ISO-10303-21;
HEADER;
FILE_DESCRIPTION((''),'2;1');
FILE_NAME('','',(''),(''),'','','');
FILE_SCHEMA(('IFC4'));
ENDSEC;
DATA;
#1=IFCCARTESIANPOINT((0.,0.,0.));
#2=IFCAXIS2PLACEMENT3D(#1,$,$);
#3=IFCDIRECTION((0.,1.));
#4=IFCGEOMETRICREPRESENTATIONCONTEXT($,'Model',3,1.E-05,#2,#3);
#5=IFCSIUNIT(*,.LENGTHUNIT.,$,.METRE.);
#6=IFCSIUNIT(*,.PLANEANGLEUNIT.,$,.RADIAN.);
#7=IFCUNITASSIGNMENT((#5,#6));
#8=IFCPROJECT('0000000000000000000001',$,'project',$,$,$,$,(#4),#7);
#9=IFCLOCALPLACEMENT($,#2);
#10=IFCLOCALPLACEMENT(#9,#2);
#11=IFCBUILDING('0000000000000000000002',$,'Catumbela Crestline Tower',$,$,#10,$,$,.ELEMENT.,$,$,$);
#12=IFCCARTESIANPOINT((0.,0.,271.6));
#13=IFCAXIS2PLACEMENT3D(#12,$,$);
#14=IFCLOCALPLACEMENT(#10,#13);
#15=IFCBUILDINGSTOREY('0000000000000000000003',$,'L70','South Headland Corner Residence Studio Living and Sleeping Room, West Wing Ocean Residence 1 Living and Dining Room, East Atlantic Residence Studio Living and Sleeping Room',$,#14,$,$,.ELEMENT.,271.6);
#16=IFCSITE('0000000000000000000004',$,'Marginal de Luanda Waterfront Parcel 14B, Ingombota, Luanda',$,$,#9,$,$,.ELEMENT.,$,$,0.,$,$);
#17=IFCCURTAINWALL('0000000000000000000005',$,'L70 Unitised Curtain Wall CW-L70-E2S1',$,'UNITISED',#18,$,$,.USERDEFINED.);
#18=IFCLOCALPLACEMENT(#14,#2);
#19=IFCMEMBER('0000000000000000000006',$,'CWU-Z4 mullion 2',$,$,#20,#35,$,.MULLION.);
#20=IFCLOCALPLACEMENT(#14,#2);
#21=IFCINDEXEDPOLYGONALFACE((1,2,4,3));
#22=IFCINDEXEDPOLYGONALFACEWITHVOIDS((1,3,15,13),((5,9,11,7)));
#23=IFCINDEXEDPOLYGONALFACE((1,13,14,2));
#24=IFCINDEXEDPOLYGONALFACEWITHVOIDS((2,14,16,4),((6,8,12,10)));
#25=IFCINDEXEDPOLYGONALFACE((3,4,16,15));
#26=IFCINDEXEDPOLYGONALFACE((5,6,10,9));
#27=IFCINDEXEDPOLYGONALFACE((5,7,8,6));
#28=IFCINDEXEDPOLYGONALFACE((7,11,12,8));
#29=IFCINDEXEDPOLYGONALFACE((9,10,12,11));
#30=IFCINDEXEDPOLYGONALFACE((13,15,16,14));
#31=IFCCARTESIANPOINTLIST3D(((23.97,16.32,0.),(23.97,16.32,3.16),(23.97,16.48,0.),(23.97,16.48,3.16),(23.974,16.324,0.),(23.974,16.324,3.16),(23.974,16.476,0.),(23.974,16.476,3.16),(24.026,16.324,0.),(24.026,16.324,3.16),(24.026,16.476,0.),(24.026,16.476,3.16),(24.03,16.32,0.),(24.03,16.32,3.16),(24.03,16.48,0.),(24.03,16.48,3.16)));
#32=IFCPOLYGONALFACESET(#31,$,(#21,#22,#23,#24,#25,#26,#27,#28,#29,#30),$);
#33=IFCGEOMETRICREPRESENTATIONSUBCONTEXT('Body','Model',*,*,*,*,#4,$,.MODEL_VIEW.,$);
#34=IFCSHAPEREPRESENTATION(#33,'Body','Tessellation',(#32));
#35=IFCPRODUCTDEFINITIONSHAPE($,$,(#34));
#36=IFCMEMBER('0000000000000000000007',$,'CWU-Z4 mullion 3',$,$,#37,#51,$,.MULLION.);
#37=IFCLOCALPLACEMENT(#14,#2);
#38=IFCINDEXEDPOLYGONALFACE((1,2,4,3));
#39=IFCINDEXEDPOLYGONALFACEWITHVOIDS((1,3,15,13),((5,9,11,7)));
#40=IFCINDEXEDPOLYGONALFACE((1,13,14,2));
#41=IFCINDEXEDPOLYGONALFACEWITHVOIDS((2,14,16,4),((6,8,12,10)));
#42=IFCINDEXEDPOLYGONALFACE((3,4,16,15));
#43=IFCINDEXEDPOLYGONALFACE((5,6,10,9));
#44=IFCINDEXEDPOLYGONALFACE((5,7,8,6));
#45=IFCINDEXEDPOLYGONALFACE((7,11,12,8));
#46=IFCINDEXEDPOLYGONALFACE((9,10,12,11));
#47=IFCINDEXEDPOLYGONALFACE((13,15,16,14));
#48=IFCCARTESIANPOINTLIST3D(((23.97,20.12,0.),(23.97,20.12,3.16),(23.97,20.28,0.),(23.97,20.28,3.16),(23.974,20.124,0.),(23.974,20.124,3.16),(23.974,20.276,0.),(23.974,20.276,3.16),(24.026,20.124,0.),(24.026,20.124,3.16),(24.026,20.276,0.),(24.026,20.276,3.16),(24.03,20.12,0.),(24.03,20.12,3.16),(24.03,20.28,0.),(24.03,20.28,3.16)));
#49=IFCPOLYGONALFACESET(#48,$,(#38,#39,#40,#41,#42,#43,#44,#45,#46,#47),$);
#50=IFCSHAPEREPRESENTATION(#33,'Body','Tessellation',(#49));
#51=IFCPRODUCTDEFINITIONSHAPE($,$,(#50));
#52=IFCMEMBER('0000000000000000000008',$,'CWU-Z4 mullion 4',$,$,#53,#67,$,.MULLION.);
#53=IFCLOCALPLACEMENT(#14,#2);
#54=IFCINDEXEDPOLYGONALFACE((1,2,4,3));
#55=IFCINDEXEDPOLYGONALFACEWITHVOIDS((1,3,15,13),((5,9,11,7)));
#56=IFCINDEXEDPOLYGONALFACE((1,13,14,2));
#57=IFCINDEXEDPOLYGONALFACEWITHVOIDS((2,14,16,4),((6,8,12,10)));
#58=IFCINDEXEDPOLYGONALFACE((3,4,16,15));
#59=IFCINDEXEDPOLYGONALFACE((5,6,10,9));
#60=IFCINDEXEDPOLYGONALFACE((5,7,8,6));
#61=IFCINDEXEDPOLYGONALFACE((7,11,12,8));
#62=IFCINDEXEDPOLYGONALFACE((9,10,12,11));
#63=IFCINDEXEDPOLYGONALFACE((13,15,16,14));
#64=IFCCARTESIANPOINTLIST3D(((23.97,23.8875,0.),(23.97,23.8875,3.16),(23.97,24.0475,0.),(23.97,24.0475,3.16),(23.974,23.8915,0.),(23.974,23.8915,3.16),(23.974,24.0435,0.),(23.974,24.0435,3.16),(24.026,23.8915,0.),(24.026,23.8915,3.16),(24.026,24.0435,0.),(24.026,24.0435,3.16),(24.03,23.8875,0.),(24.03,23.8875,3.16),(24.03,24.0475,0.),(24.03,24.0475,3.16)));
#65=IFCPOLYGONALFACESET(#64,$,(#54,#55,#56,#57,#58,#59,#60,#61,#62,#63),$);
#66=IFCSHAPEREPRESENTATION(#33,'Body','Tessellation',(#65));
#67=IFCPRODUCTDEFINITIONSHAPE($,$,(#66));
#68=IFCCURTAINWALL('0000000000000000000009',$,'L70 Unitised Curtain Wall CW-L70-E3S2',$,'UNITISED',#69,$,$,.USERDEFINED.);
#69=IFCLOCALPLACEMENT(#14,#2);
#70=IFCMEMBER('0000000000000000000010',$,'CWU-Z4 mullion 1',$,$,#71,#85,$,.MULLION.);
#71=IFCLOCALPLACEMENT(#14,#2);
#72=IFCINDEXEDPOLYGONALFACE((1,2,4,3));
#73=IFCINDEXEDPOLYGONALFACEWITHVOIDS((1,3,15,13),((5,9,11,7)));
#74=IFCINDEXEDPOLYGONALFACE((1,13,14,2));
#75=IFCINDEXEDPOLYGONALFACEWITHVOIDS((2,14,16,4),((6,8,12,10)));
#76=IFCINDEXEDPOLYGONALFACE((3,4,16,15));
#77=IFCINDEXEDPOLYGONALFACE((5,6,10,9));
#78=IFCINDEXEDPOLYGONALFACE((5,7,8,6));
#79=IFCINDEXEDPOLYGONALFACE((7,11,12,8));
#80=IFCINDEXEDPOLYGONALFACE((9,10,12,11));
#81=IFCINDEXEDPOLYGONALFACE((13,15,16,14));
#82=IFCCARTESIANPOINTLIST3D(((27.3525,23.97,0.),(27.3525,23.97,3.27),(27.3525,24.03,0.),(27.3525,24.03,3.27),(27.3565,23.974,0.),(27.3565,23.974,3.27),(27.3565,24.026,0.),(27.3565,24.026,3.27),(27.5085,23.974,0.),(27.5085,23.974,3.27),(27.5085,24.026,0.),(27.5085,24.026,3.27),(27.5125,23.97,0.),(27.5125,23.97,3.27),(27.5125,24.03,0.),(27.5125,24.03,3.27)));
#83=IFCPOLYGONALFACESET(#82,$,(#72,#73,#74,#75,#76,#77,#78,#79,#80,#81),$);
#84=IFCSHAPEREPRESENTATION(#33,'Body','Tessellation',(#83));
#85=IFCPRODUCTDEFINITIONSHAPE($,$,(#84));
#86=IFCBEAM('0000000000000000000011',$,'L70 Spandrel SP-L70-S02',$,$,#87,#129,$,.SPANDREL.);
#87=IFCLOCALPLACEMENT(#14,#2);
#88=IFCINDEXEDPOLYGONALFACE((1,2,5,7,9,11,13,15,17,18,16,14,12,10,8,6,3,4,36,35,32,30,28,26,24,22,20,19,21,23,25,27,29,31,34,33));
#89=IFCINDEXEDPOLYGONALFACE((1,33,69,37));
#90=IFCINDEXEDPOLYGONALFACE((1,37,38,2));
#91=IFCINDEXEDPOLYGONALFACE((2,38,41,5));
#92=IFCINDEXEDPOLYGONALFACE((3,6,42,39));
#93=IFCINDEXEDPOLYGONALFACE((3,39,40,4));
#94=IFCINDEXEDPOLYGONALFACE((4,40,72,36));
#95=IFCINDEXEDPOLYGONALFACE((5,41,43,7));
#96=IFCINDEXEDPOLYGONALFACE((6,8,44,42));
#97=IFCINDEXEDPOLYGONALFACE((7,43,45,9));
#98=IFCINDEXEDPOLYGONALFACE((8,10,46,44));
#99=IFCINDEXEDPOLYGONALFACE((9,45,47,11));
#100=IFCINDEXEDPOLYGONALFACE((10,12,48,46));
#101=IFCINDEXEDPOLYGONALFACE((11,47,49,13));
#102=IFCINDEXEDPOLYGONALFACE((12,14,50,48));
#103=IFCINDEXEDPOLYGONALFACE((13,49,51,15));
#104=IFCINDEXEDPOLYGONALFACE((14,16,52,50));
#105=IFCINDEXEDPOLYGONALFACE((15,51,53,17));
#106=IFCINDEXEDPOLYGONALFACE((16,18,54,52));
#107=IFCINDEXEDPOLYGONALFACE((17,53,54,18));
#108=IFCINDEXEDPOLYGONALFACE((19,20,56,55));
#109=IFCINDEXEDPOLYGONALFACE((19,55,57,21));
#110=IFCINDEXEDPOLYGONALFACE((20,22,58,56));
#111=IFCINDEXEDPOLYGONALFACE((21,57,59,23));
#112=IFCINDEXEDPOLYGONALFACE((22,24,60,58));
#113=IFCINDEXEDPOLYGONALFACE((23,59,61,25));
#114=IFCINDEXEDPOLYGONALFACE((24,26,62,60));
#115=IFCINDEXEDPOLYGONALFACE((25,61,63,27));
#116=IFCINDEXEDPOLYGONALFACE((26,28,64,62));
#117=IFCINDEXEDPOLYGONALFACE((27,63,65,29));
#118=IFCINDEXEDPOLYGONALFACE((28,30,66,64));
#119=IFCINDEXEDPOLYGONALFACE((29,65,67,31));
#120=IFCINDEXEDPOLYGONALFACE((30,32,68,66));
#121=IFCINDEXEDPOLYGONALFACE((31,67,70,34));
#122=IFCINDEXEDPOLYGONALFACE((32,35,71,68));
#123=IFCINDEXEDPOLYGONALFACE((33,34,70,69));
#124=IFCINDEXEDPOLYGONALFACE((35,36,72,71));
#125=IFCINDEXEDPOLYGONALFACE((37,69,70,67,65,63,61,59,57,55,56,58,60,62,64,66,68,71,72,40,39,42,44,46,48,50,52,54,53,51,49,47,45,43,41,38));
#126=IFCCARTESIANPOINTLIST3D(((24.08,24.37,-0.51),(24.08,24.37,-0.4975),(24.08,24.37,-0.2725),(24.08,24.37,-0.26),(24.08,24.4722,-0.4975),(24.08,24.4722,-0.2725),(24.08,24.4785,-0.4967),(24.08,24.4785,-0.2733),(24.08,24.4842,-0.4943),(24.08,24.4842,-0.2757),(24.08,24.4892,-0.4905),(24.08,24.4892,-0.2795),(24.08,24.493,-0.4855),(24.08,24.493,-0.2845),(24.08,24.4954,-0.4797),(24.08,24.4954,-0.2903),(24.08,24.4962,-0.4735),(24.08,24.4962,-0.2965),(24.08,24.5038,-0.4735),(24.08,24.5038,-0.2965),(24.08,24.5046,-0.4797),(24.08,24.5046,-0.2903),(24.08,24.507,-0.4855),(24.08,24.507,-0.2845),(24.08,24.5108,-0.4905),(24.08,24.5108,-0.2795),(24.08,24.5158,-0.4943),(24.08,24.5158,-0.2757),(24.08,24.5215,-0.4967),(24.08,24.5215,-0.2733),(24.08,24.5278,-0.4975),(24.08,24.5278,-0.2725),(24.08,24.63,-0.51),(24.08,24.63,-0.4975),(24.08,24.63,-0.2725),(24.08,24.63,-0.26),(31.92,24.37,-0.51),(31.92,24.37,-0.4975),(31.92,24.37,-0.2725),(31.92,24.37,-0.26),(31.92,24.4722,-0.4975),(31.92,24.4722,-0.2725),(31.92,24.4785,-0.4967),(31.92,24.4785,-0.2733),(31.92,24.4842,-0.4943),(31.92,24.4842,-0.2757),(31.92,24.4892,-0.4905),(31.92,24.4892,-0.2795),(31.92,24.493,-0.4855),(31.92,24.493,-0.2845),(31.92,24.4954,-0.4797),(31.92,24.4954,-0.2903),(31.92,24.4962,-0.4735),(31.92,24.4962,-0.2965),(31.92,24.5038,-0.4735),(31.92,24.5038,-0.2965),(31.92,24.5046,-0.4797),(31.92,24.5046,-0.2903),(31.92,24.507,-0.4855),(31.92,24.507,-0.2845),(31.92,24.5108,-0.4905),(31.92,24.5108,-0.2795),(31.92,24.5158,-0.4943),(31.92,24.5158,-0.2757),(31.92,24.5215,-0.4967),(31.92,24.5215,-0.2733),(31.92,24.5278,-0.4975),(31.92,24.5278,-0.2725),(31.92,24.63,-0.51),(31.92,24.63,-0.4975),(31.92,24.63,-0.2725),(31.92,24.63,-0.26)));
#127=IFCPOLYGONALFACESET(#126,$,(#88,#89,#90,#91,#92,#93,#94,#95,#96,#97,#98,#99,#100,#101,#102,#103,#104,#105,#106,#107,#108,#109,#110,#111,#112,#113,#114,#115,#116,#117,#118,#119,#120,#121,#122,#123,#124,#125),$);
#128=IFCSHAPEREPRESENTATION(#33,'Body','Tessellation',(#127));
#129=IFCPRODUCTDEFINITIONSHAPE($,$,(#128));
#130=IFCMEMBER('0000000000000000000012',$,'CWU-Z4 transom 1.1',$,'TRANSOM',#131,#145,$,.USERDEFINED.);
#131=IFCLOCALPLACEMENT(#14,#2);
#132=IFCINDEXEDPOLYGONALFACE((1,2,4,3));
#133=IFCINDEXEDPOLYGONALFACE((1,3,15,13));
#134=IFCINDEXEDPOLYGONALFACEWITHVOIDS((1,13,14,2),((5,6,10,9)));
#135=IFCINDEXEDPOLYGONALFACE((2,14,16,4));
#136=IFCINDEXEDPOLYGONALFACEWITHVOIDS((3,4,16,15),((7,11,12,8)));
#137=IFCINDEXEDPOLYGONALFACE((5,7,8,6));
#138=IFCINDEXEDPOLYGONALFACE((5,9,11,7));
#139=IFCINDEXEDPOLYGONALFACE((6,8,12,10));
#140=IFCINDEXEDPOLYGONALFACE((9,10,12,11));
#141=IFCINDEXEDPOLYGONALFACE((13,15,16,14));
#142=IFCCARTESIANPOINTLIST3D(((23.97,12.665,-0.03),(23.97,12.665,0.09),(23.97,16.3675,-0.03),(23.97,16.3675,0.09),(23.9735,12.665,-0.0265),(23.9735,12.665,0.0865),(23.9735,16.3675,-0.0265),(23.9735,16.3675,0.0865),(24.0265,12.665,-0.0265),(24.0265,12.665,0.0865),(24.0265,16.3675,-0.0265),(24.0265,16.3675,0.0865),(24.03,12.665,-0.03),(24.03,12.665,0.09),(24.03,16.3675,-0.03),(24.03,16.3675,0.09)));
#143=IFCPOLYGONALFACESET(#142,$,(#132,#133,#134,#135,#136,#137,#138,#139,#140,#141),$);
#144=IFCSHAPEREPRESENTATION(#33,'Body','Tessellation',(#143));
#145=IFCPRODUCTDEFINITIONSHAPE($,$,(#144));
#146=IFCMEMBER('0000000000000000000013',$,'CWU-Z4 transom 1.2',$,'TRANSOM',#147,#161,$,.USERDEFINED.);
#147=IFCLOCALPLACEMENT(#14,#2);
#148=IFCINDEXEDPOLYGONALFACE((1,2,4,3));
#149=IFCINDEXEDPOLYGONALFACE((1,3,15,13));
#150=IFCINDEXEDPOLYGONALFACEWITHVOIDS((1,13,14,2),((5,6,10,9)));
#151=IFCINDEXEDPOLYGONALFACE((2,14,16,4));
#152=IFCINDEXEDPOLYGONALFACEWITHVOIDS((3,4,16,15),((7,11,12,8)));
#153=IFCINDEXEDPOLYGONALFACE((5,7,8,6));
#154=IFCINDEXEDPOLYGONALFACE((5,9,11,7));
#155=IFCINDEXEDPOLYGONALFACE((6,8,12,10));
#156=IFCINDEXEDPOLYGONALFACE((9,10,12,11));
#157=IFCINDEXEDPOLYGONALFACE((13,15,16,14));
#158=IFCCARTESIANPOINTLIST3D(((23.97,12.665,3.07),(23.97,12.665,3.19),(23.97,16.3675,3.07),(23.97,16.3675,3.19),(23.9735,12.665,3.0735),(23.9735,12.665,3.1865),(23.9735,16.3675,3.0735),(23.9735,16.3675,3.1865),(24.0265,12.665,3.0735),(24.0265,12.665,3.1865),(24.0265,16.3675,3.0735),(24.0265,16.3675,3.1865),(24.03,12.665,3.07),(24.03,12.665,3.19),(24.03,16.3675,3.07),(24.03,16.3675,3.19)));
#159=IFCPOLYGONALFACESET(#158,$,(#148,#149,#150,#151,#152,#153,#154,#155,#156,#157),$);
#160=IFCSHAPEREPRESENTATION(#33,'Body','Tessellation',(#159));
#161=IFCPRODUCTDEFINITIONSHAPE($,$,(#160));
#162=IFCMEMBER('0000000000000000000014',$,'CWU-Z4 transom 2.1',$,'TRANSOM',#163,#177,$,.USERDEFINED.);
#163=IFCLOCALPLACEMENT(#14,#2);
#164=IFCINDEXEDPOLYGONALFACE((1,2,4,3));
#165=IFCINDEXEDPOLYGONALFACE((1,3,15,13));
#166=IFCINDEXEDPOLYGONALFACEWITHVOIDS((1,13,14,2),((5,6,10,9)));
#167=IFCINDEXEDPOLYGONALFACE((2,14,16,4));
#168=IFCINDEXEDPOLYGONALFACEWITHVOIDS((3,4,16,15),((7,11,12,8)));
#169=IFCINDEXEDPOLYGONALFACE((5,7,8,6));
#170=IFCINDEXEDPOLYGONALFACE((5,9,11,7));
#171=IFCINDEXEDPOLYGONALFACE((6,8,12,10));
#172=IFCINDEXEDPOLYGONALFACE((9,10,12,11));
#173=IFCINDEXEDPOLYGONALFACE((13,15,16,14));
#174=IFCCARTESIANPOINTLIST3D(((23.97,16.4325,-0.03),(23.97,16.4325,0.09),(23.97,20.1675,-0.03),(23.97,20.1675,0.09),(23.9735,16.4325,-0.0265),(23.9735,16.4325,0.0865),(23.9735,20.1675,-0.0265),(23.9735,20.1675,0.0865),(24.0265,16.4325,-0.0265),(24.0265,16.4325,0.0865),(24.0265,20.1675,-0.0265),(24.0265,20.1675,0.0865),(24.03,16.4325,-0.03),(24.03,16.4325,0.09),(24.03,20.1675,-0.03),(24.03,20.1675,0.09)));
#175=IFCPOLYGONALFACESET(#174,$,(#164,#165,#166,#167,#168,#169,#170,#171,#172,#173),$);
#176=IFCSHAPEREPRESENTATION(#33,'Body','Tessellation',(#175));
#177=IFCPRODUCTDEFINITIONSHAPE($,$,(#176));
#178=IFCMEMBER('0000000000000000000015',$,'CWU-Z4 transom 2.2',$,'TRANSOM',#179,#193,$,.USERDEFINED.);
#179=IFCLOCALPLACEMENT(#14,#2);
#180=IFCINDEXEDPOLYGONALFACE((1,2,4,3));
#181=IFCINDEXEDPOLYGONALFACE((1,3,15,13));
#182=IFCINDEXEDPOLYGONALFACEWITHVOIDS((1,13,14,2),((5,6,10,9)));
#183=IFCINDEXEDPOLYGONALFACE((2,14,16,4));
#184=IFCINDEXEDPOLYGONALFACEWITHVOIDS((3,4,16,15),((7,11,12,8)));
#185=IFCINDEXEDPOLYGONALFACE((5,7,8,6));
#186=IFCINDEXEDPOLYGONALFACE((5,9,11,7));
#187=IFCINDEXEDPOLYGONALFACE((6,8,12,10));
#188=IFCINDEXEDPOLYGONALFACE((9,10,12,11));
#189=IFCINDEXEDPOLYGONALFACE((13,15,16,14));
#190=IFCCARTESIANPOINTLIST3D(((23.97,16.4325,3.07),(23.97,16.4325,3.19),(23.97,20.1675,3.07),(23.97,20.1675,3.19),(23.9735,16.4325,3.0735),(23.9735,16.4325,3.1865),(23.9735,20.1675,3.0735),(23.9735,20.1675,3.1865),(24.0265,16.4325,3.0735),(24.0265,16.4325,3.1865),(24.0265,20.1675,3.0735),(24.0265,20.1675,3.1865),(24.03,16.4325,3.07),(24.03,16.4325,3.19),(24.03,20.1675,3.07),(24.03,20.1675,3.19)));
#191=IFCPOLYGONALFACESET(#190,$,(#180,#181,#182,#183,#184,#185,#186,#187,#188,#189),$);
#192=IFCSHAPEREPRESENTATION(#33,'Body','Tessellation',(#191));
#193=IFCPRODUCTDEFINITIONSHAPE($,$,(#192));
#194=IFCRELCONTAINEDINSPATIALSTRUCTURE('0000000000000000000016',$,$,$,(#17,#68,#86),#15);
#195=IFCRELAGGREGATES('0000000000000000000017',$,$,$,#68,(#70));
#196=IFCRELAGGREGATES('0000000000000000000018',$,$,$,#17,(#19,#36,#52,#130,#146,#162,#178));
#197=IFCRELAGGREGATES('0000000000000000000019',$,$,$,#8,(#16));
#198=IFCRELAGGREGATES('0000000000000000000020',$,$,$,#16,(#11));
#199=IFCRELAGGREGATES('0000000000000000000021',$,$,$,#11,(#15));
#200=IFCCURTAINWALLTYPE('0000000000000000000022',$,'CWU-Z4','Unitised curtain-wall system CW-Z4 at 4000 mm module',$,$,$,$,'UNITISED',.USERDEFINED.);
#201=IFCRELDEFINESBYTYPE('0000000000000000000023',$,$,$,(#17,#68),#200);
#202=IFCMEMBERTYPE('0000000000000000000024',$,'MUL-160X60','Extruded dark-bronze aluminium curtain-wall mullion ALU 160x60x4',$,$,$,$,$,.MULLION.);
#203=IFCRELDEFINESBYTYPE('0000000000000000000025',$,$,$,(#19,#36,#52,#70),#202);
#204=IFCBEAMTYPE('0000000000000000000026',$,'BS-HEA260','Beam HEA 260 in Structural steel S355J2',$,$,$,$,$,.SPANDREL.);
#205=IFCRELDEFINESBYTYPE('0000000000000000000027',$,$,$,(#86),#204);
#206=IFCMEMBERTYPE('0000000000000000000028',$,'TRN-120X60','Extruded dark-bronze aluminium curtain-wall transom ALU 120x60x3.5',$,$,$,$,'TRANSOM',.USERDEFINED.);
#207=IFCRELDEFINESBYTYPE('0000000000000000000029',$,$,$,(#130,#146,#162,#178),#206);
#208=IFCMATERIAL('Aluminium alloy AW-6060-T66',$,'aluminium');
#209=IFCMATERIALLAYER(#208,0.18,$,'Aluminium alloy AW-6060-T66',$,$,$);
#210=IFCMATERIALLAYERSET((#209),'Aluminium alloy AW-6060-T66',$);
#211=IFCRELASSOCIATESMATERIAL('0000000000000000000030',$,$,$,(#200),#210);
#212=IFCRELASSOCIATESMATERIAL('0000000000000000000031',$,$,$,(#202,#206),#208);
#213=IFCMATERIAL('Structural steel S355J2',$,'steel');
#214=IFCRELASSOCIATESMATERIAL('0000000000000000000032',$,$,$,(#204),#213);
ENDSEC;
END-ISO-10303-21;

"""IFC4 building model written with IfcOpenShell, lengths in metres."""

from ifc_helpers import new_model, si_unit, direction, frame, origin, origin_2d, place, context, subcontext, project, spatial, hollow_rectangle, i_section, extrude, material, layer, layer_set, material_profile, profile_set, type_object, element, aggregate, save


model = new_model("IFC4")

# Units and contexts
model_context = context("Model", 3, precision=1e-05, world=origin(), true_north=direction((0.0, 1.0)))
body_context = subcontext(model_context, "Body", "Model", "MODEL_VIEW")
ifc_project = project(units=[si_unit("LENGTHUNIT", "METRE"), si_unit("PLANEANGLEUNIT", "RADIAN")], contexts=[model_context])

# Site, building, storey
site_placement = place(None, origin())
site = spatial("IfcSite", under=ifc_project, at=site_placement, Name="Marginal de Luanda Waterfront Parcel 14B, Ingombota, Luanda", CompositionType="ELEMENT", RefElevation=0.0)
building_placement = place(site_placement, origin())
building = spatial("IfcBuilding", under=site, at=building_placement, Name="Catumbela Crestline Tower", CompositionType="ELEMENT")
storey_placement = place(building_placement, frame((0.0, 0.0, 271.6)))
storey = spatial("IfcBuildingStorey", under=building, at=storey_placement, Name="L70", Description="South Headland Corner Residence Studio Living and Sleeping Room, West Wing Ocean Residence 1 Living and Dining Room, East Atlantic Residence Studio Living and Sleeping Room", CompositionType="ELEMENT", Elevation=271.6)

# Shared definitions
ifc_material_1 = material(Name="Structural steel S355J2", Category="steel")

# Curtain wall, members
ifc_material_2 = material(Name="Aluminium alloy AW-6060-T66", Category="aluminium")
ifc_layer_1 = layer(ifc_material_2, 0.18, Name="Aluminium alloy AW-6060-T66")
ifc_layer_set_1 = layer_set([ifc_layer_1], Name="Aluminium alloy AW-6060-T66")
curtain_wall_type = type_object("IfcCurtainWallType", Name="CWU-Z4", Description="Unitised curtain-wall system CW-Z4 at 4000 mm module", ElementType="UNITISED", PredefinedType="USERDEFINED", material=ifc_layer_set_1)
curtain_wall_1_placement = place(storey_placement, origin())
curtain_wall_1 = element("IfcCurtainWall", 1, at=curtain_wall_1_placement, inside=storey, type_object=curtain_wall_type, Name="L70 Unitised Curtain Wall CW-L70-E2S1", ObjectType="UNITISED", PredefinedType="USERDEFINED")
ifc_material_profile_1 = material_profile(ifc_material_2, hollow_rectangle(XDim=0.06, YDim=0.16, WallThickness=0.004, at=origin_2d()), Name="ALU 160x60x4")
ifc_profile_set_1 = profile_set([ifc_material_profile_1], Name="Aluminium alloy AW-6060-T66")
member_type_1 = type_object("IfcMemberType", Name="MUL-160X60", Description="Extruded dark-bronze aluminium curtain-wall mullion ALU 160x60x4", PredefinedType="MULLION", material=ifc_profile_set_1)
member_1_placement = place(storey_placement, frame((24.0, 16.4, 0.0), z_axis=(0.0, 0.0, 1.0), x_axis=(-1.0, 0.0, 0.0)))
member_1 = element("IfcMember", 2, at=member_1_placement, type_object=member_type_1, Name="CWU-Z4 mullion 2", PredefinedType="MULLION", context=body_context, shape_type="SweptSolid", body=[
    extrude(hollow_rectangle(XDim=0.06, YDim=0.16, WallThickness=0.004, at=origin_2d()), origin(), (0.0, 0.0, 1.0), 3.16),
])
member_2_placement = place(storey_placement, frame((24.0, 20.2, 0.0), z_axis=(0.0, 0.0, 1.0), x_axis=(-1.0, 0.0, 0.0)))
member_2 = element("IfcMember", 3, at=member_2_placement, type_object=member_type_1, Name="CWU-Z4 mullion 3", PredefinedType="MULLION", context=body_context, shape_type="SweptSolid", body=[
    extrude(hollow_rectangle(XDim=0.06, YDim=0.16, WallThickness=0.004, at=origin_2d()), origin(), (0.0, 0.0, 1.0), 3.16),
])
member_3_placement = place(storey_placement, frame((24.0, 23.9675, 0.0), z_axis=(0.0, 0.0, 1.0), x_axis=(-1.0, 0.0, 0.0)))
member_3 = element("IfcMember", 4, at=member_3_placement, type_object=member_type_1, Name="CWU-Z4 mullion 4", PredefinedType="MULLION", context=body_context, shape_type="SweptSolid", body=[
    extrude(hollow_rectangle(XDim=0.06, YDim=0.16, WallThickness=0.004, at=origin_2d()), origin(), (0.0, 0.0, 1.0), 3.16),
])

# Curtain wall, member
curtain_wall_2_placement = place(storey_placement, origin())
curtain_wall_2 = element("IfcCurtainWall", 5, at=curtain_wall_2_placement, inside=storey, type_object=curtain_wall_type, Name="L70 Unitised Curtain Wall CW-L70-E3S2", ObjectType="UNITISED", PredefinedType="USERDEFINED")
member_4_placement = place(storey_placement, frame((27.4325, 24.0, 0.0), z_axis=(0.0, 0.0, 1.0), x_axis=(0.0, 1.0, 0.0)))
member_4 = element("IfcMember", 6, at=member_4_placement, type_object=member_type_1, Name="CWU-Z4 mullion 1", PredefinedType="MULLION", context=body_context, shape_type="SweptSolid", body=[
    extrude(hollow_rectangle(XDim=0.06, YDim=0.16, WallThickness=0.004, at=origin_2d()), origin(), (0.0, 0.0, 1.0), 3.27),
])

# Beam
ifc_material_profile_2 = material_profile(ifc_material_1, i_section(OverallWidth=0.26, OverallDepth=0.25, WebThickness=0.0075, FlangeThickness=0.0125, FilletRadius=0.024, at=origin_2d()), Name="HEA 260")
ifc_profile_set_2 = profile_set([ifc_material_profile_2], Name="Structural steel S355J2")
beam_type_1 = type_object("IfcBeamType", Name="BS-HEA260", Description="Beam HEA 260 in Structural steel S355J2", PredefinedType="SPANDREL", material=ifc_profile_set_2)
beam_1_placement = place(storey_placement, frame((24.08, 24.5, -0.385), z_axis=(1.0, 0.0, 0.0), x_axis=(0.0, 1.0, 0.0)))
element("IfcBeam", 7, at=beam_1_placement, inside=storey, type_object=beam_type_1, Name="L70 Spandrel SP-L70-S02", PredefinedType="SPANDREL", context=body_context, shape_type="SweptSolid", body=[
    extrude(i_section(OverallWidth=0.26, OverallDepth=0.25, WebThickness=0.0075, FlangeThickness=0.0125, FilletRadius=0.024, at=origin_2d()), origin(), (0.0, 0.0, 1.0), 7.84),
])

# Members
ifc_material_profile_3 = material_profile(ifc_material_2, hollow_rectangle(XDim=0.06, YDim=0.12, WallThickness=0.0035, at=origin_2d()), Name="ALU 120x60x3.5")
ifc_profile_set_3 = profile_set([ifc_material_profile_3], Name="Aluminium alloy AW-6060-T66")
member_type_2 = type_object("IfcMemberType", Name="TRN-120X60", Description="Extruded dark-bronze aluminium curtain-wall transom ALU 120x60x3.5", ElementType="TRANSOM", PredefinedType="USERDEFINED", material=ifc_profile_set_3)
member_5_placement = place(storey_placement, frame((24.0, 12.665, 0.03), z_axis=(0.0, 1.0, 0.0), x_axis=(-1.0, 0.0, 0.0)))
member_5 = element("IfcMember", 8, at=member_5_placement, type_object=member_type_2, Name="CWU-Z4 transom 1.1", ObjectType="TRANSOM", PredefinedType="USERDEFINED", context=body_context, shape_type="SweptSolid", body=[
    extrude(hollow_rectangle(XDim=0.06, YDim=0.12, WallThickness=0.0035, at=origin_2d()), origin(), (0.0, 0.0, 1.0), 3.7025),
])
member_6_placement = place(storey_placement, frame((24.0, 12.665, 3.13), z_axis=(0.0, 1.0, 0.0), x_axis=(-1.0, 0.0, 0.0)))
member_6 = element("IfcMember", 9, at=member_6_placement, type_object=member_type_2, Name="CWU-Z4 transom 1.2", ObjectType="TRANSOM", PredefinedType="USERDEFINED", context=body_context, shape_type="SweptSolid", body=[
    extrude(hollow_rectangle(XDim=0.06, YDim=0.12, WallThickness=0.0035, at=origin_2d()), origin(), (0.0, 0.0, 1.0), 3.7025),
])
member_7_placement = place(storey_placement, frame((24.0, 16.4325, 0.03), z_axis=(0.0, 1.0, 0.0), x_axis=(-1.0, 0.0, 0.0)))
member_7 = element("IfcMember", 10, at=member_7_placement, type_object=member_type_2, Name="CWU-Z4 transom 2.1", ObjectType="TRANSOM", PredefinedType="USERDEFINED", context=body_context, shape_type="SweptSolid", body=[
    extrude(hollow_rectangle(XDim=0.06, YDim=0.12, WallThickness=0.0035, at=origin_2d()), origin(), (0.0, 0.0, 1.0), 3.735),
])
member_8_placement = place(storey_placement, frame((24.0, 16.4325, 3.13), z_axis=(0.0, 1.0, 0.0), x_axis=(-1.0, 0.0, 0.0)))
member_8 = element("IfcMember", 11, at=member_8_placement, type_object=member_type_2, Name="CWU-Z4 transom 2.2", ObjectType="TRANSOM", PredefinedType="USERDEFINED", context=body_context, shape_type="SweptSolid", body=[
    extrude(hollow_rectangle(XDim=0.06, YDim=0.12, WallThickness=0.0035, at=origin_2d()), origin(), (0.0, 0.0, 1.0), 3.735),
])
aggregate(curtain_wall_2, [member_4])

aggregate(curtain_wall_1, [member_1, member_2, member_3, member_5, member_6, member_7, member_8])

save(model, "model.ifc")
